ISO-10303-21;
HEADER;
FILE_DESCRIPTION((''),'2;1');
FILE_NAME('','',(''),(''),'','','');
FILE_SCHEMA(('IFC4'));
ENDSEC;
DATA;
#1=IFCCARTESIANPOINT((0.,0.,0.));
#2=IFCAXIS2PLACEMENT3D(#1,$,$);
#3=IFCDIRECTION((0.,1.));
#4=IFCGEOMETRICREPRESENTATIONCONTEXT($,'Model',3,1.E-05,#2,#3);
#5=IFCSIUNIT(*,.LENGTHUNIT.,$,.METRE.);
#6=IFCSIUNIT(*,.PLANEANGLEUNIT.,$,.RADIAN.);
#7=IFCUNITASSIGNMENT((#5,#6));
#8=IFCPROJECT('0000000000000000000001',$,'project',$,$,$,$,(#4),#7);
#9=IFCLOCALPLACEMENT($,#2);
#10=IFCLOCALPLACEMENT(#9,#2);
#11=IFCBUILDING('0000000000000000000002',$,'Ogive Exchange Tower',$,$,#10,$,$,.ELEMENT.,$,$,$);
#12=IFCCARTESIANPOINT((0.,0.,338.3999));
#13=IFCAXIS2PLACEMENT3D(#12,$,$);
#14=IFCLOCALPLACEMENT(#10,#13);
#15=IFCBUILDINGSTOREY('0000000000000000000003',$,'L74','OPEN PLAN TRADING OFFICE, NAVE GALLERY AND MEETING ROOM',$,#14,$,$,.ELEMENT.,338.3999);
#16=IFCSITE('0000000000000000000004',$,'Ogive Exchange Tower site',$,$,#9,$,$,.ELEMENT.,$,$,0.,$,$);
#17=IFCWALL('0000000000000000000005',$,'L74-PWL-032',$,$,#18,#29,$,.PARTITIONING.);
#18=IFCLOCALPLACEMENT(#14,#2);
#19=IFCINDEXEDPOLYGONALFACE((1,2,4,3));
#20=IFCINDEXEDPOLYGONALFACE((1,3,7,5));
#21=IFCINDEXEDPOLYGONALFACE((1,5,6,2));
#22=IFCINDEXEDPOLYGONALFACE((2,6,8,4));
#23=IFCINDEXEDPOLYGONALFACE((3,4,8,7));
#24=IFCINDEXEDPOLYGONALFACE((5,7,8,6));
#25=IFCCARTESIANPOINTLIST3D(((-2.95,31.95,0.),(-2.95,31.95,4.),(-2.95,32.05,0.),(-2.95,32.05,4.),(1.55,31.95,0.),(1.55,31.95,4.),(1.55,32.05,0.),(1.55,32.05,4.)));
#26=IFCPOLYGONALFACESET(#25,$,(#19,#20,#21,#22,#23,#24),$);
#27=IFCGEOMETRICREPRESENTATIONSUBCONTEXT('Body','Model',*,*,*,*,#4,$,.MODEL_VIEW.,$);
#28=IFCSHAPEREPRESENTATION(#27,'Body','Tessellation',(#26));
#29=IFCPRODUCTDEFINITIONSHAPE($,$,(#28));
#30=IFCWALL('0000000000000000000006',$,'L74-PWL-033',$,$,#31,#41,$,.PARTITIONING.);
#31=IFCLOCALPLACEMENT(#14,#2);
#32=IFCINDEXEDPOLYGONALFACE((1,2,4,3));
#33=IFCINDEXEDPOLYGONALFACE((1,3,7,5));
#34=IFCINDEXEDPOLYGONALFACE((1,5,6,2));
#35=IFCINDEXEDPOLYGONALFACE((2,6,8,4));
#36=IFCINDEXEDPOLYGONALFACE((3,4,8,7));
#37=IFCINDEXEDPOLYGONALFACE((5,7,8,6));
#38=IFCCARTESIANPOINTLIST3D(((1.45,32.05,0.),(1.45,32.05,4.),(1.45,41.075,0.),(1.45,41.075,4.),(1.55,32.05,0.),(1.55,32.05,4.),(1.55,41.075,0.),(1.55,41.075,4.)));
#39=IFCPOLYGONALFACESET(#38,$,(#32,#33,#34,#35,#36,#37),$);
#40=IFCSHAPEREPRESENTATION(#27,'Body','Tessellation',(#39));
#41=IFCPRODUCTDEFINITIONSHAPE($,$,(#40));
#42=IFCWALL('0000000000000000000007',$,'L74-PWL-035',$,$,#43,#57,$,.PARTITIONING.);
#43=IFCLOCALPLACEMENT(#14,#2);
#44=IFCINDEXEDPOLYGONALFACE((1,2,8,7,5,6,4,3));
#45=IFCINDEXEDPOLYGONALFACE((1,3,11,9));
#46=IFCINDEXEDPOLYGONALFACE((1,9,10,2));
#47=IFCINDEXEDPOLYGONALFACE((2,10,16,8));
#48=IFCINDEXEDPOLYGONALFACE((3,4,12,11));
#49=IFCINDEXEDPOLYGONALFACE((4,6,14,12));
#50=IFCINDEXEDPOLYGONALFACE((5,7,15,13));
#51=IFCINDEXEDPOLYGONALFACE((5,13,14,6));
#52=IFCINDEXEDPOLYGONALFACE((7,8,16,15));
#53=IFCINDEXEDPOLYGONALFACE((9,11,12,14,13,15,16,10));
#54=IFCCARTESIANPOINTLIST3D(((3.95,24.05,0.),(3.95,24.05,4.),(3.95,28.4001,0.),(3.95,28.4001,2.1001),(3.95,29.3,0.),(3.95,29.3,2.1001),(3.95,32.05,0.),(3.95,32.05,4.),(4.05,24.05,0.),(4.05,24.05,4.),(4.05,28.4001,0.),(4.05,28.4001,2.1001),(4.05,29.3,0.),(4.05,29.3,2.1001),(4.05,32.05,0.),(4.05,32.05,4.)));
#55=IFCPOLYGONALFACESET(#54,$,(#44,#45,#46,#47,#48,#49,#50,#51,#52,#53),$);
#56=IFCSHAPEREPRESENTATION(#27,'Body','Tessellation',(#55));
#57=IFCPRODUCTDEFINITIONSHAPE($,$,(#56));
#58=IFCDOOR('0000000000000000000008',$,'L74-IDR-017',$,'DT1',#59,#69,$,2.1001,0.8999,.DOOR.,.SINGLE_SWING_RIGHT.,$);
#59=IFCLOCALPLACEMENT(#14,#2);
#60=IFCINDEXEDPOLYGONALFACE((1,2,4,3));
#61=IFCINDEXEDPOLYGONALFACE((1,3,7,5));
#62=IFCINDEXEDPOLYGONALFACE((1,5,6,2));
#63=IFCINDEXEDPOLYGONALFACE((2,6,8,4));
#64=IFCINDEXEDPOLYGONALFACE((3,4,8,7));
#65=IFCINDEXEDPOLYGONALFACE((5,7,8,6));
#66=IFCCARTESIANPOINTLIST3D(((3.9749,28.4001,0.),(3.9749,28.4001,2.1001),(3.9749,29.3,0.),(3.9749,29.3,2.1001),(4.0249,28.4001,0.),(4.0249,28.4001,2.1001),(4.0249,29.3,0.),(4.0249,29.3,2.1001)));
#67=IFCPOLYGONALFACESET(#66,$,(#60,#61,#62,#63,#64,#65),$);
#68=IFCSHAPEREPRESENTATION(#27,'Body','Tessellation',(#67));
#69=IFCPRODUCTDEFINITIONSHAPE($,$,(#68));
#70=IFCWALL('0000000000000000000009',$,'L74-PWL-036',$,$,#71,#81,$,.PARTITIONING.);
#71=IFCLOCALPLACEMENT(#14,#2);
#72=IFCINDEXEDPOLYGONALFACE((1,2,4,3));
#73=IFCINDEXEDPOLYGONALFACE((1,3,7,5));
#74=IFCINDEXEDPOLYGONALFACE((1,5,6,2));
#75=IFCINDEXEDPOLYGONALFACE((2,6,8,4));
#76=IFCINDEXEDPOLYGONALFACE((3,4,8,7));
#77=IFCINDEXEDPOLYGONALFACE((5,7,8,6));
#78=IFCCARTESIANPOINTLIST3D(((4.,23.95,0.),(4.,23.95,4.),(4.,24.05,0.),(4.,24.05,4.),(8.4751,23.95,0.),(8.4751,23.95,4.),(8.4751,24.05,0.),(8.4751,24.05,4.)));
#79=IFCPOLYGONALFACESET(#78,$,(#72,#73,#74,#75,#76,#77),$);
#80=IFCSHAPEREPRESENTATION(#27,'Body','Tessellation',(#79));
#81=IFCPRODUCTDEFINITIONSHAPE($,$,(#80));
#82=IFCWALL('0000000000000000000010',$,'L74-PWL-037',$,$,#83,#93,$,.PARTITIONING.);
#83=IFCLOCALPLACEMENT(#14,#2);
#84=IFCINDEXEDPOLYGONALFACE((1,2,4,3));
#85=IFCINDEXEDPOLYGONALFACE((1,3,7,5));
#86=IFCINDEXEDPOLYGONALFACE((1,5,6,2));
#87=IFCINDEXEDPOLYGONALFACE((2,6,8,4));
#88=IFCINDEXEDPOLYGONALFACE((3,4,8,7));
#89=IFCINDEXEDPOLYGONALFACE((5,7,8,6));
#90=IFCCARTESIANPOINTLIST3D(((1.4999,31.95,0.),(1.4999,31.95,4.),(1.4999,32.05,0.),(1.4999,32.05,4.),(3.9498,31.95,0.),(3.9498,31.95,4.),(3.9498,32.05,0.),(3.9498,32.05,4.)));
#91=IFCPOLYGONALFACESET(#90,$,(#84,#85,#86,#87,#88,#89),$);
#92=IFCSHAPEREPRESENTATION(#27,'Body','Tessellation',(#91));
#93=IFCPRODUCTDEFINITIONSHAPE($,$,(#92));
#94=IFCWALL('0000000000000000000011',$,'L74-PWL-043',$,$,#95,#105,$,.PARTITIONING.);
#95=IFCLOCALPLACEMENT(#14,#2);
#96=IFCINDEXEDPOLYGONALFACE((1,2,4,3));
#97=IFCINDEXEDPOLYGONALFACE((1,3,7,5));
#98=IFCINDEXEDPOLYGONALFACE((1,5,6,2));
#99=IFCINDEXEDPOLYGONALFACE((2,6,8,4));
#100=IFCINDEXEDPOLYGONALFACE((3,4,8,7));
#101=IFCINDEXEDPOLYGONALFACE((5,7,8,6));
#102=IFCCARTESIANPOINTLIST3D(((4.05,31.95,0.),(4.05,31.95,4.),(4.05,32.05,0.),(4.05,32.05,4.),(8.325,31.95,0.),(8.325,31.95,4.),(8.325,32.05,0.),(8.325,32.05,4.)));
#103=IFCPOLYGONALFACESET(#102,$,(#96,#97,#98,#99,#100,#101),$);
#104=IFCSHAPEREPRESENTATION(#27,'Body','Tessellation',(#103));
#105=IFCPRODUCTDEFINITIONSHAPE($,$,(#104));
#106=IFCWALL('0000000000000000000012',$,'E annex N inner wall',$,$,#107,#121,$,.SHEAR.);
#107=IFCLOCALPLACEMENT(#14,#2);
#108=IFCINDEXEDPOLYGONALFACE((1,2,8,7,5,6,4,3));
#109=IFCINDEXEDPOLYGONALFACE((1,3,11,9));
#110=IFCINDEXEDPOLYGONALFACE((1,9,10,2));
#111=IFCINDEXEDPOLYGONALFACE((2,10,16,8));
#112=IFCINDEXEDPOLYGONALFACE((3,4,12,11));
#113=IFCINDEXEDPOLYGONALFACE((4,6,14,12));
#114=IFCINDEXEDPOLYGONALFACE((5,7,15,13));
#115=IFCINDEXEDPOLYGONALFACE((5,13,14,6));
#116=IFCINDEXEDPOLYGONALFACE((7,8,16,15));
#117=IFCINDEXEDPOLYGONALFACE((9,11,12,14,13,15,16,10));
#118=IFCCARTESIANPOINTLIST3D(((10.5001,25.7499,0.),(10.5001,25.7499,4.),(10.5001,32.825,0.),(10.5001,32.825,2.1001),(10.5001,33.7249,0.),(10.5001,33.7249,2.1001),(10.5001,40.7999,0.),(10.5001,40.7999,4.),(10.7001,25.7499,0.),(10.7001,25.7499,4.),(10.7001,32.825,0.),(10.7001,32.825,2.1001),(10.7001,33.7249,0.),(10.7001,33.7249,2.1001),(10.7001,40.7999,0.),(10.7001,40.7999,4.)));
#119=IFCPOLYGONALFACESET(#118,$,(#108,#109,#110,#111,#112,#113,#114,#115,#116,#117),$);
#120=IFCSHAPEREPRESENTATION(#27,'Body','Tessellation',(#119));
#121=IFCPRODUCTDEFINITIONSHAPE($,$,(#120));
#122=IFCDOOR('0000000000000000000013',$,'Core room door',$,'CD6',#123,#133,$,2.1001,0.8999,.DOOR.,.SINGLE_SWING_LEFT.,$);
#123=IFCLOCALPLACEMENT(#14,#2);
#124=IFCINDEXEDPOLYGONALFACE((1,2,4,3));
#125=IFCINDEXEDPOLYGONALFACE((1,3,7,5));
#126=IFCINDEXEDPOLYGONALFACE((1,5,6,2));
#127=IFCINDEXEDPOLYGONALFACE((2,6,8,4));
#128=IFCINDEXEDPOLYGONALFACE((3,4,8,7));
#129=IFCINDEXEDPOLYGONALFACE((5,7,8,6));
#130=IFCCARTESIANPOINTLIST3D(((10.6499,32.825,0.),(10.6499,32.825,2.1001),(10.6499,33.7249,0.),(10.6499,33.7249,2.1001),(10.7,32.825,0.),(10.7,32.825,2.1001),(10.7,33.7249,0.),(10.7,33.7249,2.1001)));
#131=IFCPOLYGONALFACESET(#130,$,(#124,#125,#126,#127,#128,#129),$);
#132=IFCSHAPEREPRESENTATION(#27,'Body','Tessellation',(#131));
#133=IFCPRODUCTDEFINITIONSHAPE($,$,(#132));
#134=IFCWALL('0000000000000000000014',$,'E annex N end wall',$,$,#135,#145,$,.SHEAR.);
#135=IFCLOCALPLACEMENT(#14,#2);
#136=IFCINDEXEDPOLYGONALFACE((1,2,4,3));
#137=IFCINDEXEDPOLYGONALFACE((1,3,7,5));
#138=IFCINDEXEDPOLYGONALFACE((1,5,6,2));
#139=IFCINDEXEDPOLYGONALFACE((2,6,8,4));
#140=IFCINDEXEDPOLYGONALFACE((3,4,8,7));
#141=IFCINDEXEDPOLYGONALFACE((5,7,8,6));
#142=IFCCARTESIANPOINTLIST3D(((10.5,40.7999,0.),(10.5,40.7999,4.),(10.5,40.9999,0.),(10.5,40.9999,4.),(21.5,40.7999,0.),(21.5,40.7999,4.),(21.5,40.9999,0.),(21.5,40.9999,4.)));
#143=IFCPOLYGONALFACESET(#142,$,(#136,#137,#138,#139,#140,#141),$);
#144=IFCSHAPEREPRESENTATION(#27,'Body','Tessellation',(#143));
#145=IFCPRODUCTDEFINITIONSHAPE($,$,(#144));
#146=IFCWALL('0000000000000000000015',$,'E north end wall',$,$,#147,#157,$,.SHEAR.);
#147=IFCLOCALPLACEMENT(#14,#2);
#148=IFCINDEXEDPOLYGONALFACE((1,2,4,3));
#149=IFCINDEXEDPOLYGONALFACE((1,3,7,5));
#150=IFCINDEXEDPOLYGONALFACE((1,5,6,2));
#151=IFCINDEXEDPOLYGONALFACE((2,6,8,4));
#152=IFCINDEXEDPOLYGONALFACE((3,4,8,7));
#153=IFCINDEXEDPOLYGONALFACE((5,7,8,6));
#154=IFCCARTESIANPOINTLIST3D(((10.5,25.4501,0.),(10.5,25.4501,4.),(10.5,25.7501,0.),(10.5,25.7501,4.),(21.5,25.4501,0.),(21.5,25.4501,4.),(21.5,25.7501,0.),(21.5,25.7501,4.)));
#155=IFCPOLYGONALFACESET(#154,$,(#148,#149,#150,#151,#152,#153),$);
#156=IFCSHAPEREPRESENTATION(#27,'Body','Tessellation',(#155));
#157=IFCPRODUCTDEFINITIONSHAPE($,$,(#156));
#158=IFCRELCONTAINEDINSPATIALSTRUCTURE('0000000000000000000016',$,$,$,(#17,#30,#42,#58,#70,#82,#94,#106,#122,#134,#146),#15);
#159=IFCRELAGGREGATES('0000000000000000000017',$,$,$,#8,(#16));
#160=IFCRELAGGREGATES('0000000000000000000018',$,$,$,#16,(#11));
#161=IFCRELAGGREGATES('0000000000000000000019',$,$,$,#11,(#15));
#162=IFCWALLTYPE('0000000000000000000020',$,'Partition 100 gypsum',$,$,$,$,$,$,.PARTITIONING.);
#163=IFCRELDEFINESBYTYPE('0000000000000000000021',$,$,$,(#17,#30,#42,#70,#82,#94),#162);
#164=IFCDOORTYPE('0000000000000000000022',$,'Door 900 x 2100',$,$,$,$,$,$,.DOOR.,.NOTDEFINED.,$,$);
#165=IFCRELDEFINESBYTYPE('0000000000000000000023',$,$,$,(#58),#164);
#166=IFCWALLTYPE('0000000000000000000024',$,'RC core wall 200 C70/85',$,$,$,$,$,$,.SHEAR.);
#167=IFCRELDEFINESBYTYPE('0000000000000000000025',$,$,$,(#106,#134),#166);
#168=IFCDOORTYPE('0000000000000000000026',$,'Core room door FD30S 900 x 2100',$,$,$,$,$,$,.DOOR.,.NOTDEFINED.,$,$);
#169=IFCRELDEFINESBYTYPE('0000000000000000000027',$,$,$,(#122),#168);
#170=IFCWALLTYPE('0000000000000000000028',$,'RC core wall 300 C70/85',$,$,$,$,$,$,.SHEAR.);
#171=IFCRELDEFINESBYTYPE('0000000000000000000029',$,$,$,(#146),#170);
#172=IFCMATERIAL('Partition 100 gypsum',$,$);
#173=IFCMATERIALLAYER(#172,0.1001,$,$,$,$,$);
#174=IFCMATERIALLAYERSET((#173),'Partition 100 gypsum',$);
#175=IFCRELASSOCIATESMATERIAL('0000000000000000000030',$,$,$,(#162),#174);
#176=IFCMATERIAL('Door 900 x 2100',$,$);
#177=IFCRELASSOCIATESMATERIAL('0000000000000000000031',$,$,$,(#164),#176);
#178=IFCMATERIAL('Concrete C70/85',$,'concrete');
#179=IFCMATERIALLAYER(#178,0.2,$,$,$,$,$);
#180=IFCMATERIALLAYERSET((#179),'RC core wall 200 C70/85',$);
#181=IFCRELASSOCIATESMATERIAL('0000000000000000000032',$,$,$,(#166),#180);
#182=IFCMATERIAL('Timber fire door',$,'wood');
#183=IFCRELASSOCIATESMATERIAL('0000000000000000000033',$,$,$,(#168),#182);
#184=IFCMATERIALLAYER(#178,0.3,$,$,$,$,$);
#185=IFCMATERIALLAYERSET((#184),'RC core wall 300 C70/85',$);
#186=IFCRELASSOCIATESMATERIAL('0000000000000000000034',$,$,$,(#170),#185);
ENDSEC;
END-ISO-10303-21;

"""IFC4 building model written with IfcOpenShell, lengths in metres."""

from ifc_helpers import new_model, si_unit, direction, frame, frame_2d, origin, place, context, subcontext, project, spatial, rectangle, extrude, material, layer, layer_set, type_object, element, fill, save


model = new_model("IFC4")

# Units and contexts
model_context = context("Model", 3, precision=1e-05, world=origin(), true_north=direction((0.0, 1.0)))
body_context = subcontext(model_context, "Body", "Model", "MODEL_VIEW")
ifc_project = project(units=[si_unit("LENGTHUNIT", "METRE"), si_unit("PLANEANGLEUNIT", "RADIAN")], contexts=[model_context])

# Site, building, storey
site_placement = place(None, origin())
site = spatial("IfcSite", under=ifc_project, at=site_placement, Name="Ogive Exchange Tower site", CompositionType="ELEMENT", RefElevation=0.0)
building_placement = place(site_placement, origin())
building = spatial("IfcBuilding", under=site, at=building_placement, Name="Ogive Exchange Tower", CompositionType="ELEMENT")
storey_placement = place(building_placement, frame((0.0, 0.0, 338.3999)))
storey = spatial("IfcBuildingStorey", under=building, at=storey_placement, Name="L74", Description="OPEN PLAN TRADING OFFICE, NAVE GALLERY AND MEETING ROOM", CompositionType="ELEMENT", Elevation=338.3999)

# Walls
ifc_material_1 = material(Name="Partition 100 gypsum")
ifc_layer_1 = layer(ifc_material_1, 0.1001)
ifc_layer_set_1 = layer_set([ifc_layer_1], Name="Partition 100 gypsum")
wall_type_1 = type_object("IfcWallType", Name="Partition 100 gypsum", PredefinedType="PARTITIONING", material=ifc_layer_set_1)
wall_1_placement = place(storey_placement, frame((1.55, 32.0, 0.0), z_axis=(0.0, 0.0, 1.0), x_axis=(-1.0, 0.0, 0.0)))
element("IfcWall", 1, at=wall_1_placement, inside=storey, type_object=wall_type_1, Name="L74-PWL-032", PredefinedType="PARTITIONING", context=body_context, shape_type="SweptSolid", body=[
    extrude(rectangle(XDim=4.5, YDim=0.1001, at=frame_2d((2.25, 0.0))), origin(), (0.0, 0.0, 1.0), 4.0),
])
wall_2_placement = place(storey_placement, frame((1.5, 32.05, 0.0), z_axis=(0.0, 0.0, 1.0), x_axis=(0.0, 1.0, 0.0)))
element("IfcWall", 2, at=wall_2_placement, inside=storey, type_object=wall_type_1, Name="L74-PWL-033", PredefinedType="PARTITIONING", context=body_context, shape_type="SweptSolid", body=[
    extrude(rectangle(XDim=9.0249, YDim=0.1001, at=frame_2d((4.5125, 0.0))), origin(), (0.0, 0.0, 1.0), 4.0),
])

# Wall, opening, door
wall_3_placement = place(storey_placement, frame((4.0, 24.05, 0.0), z_axis=(0.0, 0.0, 1.0), x_axis=(0.0, 1.0, 0.0)))
wall_3 = element("IfcWall", 3, at=wall_3_placement, inside=storey, type_object=wall_type_1, Name="L74-PWL-035", PredefinedType="PARTITIONING", context=body_context, shape_type="SweptSolid", body=[
    extrude(rectangle(XDim=8.0, YDim=0.1001, at=frame_2d((4.0, 0.0))), origin(), (0.0, 0.0, 1.0), 4.0),
])
opening_1_placement = place(wall_3_placement, frame((4.3501, 0.0, 0.0)))
opening_1 = element("IfcOpeningElement", 4, at=opening_1_placement, cuts=wall_3, PredefinedType="OPENING", context=body_context, shape_type="SweptSolid", body=[
    extrude(rectangle(XDim=0.8999, YDim=2.1001, at=frame_2d((0.45, 1.05))), frame((0.0, 0.0601, 0.0), z_axis=(0.0, -1.0, 0.0), x_axis=(1.0, 0.0, 0.0)), (0.0, 0.0, 1.0), 0.1201),
])
ifc_material_2 = material(Name="Door 900 x 2100")
door_type_1 = type_object("IfcDoorType", Name="Door 900 x 2100", OperationType="NOTDEFINED", PredefinedType="DOOR", material=ifc_material_2)
door_1_placement = place(opening_1_placement, frame((0.8999, 0.0, 0.0), z_axis=(0.0, 0.0, 1.0), x_axis=(-1.0, 0.0, 0.0)))
door_1 = element("IfcDoor", 5, at=door_1_placement, inside=storey, type_object=door_type_1, Name="L74-IDR-017", ObjectType="DT1", OperationType="SINGLE_SWING_RIGHT", OverallHeight=2.1001, OverallWidth=0.8999, PredefinedType="DOOR", context=body_context, shape_type="SweptSolid", body=[
    extrude(rectangle(XDim=0.8999, YDim=2.1001, at=frame_2d((0.45, 1.05))), frame((0.0, 0.0249, 0.0), z_axis=(0.0, -1.0, 0.0), x_axis=(1.0, 0.0, 0.0)), (0.0, 0.0, 1.0), 0.05),
])
fill(opening_1, door_1)

# Walls
wall_4_placement = place(storey_placement, frame((4.0, 24.0, 0.0), z_axis=(0.0, 0.0, 1.0), x_axis=(1.0, 0.0, 0.0)))
element("IfcWall", 6, at=wall_4_placement, inside=storey, type_object=wall_type_1, Name="L74-PWL-036", PredefinedType="PARTITIONING", context=body_context, shape_type="SweptSolid", body=[
    extrude(rectangle(XDim=4.4751, YDim=0.1001, at=frame_2d((2.2375, 0.0))), origin(), (0.0, 0.0, 1.0), 4.0),
])
wall_5_placement = place(storey_placement, frame((3.95, 32.0, 0.0), z_axis=(0.0, 0.0, 1.0), x_axis=(-1.0, 0.0, 0.0)))
element("IfcWall", 7, at=wall_5_placement, inside=storey, type_object=wall_type_1, Name="L74-PWL-037", PredefinedType="PARTITIONING", context=body_context, shape_type="SweptSolid", body=[
    extrude(rectangle(XDim=2.45, YDim=0.1001, at=frame_2d((1.2251, 0.0))), origin(), (0.0, 0.0, 1.0), 4.0),
])
wall_6_placement = place(storey_placement, frame((8.325, 32.0, 0.0), z_axis=(0.0, 0.0, 1.0), x_axis=(-1.0, 0.0, 0.0)))
element("IfcWall", 8, at=wall_6_placement, inside=storey, type_object=wall_type_1, Name="L74-PWL-043", PredefinedType="PARTITIONING", context=body_context, shape_type="SweptSolid", body=[
    extrude(rectangle(XDim=4.2749, YDim=0.1001, at=frame_2d((2.1375, 0.0))), origin(), (0.0, 0.0, 1.0), 4.0),
])

# Wall, opening, door
ifc_material_3 = material(Name="Concrete C70/85", Category="concrete")
ifc_layer_2 = layer(ifc_material_3, 0.2)
ifc_layer_set_2 = layer_set([ifc_layer_2], Name="RC core wall 200 C70/85")
wall_type_2 = type_object("IfcWallType", Name="RC core wall 200 C70/85", PredefinedType="SHEAR", material=ifc_layer_set_2)
wall_7_placement = place(storey_placement, frame((10.6001, 25.75, 0.0), z_axis=(0.0, 0.0, 1.0), x_axis=(0.0, 1.0, 0.0)))
wall_7 = element("IfcWall", 9, at=wall_7_placement, inside=storey, type_object=wall_type_2, Name="E annex N inner wall", PredefinedType="SHEAR", context=body_context, shape_type="SweptSolid", body=[
    extrude(rectangle(XDim=15.05, YDim=0.2, at=frame_2d((7.5249, 0.0))), origin(), (0.0, 0.0, 1.0), 4.0),
])
opening_2_placement = place(wall_7_placement, frame((7.075, 0.0, 0.0)))
opening_2 = element("IfcOpeningElement", 10, at=opening_2_placement, cuts=wall_7, PredefinedType="OPENING", context=body_context, shape_type="SweptSolid", body=[
    extrude(rectangle(XDim=0.8999, YDim=2.1001, at=frame_2d((0.45, 1.05))), frame((0.0, 0.1099, 0.0), z_axis=(0.0, -1.0, 0.0), x_axis=(1.0, 0.0, 0.0)), (0.0, 0.0, 1.0), 0.22),
])
ifc_material_4 = material(Name="Timber fire door", Category="wood")
door_type_2 = type_object("IfcDoorType", Name="Core room door FD30S 900 x 2100", OperationType="NOTDEFINED", PredefinedType="DOOR", material=ifc_material_4)
door_2_placement = place(opening_2_placement, origin())
door_2 = element("IfcDoor", 11, at=door_2_placement, inside=storey, type_object=door_type_2, Name="Core room door", ObjectType="CD6", OperationType="SINGLE_SWING_LEFT", OverallHeight=2.1001, OverallWidth=0.8999, PredefinedType="DOOR", context=body_context, shape_type="SweptSolid", body=[
    extrude(rectangle(XDim=0.8999, YDim=2.1001, at=frame_2d((0.45, 1.05))), frame((0.0, -0.0498, 0.0), z_axis=(0.0, -1.0, 0.0), x_axis=(1.0, 0.0, 0.0)), (0.0, 0.0, 1.0), 0.05),
])
fill(opening_2, door_2)

# Walls
wall_8_placement = place(storey_placement, frame((10.5, 40.8999, 0.0), z_axis=(0.0, 0.0, 1.0), x_axis=(1.0, 0.0, 0.0)))
element("IfcWall", 12, at=wall_8_placement, inside=storey, type_object=wall_type_2, Name="E annex N end wall", PredefinedType="SHEAR", context=body_context, shape_type="SweptSolid", body=[
    extrude(rectangle(XDim=11.0, YDim=0.2, at=frame_2d((5.5, 0.0))), origin(), (0.0, 0.0, 1.0), 4.0),
])
ifc_layer_3 = layer(ifc_material_3, 0.3)
ifc_layer_set_3 = layer_set([ifc_layer_3], Name="RC core wall 300 C70/85")
wall_type_3 = type_object("IfcWallType", Name="RC core wall 300 C70/85", PredefinedType="SHEAR", material=ifc_layer_set_3)
wall_9_placement = place(storey_placement, frame((10.5, 25.6001, 0.0), z_axis=(0.0, 0.0, 1.0), x_axis=(1.0, 0.0, 0.0)))
element("IfcWall", 13, at=wall_9_placement, inside=storey, type_object=wall_type_3, Name="E north end wall", PredefinedType="SHEAR", context=body_context, shape_type="SweptSolid", body=[
    extrude(rectangle(XDim=11.0, YDim=0.3, at=frame_2d((5.5, 0.0))), origin(), (0.0, 0.0, 1.0), 4.0),
])

save(model, "model.ifc")
